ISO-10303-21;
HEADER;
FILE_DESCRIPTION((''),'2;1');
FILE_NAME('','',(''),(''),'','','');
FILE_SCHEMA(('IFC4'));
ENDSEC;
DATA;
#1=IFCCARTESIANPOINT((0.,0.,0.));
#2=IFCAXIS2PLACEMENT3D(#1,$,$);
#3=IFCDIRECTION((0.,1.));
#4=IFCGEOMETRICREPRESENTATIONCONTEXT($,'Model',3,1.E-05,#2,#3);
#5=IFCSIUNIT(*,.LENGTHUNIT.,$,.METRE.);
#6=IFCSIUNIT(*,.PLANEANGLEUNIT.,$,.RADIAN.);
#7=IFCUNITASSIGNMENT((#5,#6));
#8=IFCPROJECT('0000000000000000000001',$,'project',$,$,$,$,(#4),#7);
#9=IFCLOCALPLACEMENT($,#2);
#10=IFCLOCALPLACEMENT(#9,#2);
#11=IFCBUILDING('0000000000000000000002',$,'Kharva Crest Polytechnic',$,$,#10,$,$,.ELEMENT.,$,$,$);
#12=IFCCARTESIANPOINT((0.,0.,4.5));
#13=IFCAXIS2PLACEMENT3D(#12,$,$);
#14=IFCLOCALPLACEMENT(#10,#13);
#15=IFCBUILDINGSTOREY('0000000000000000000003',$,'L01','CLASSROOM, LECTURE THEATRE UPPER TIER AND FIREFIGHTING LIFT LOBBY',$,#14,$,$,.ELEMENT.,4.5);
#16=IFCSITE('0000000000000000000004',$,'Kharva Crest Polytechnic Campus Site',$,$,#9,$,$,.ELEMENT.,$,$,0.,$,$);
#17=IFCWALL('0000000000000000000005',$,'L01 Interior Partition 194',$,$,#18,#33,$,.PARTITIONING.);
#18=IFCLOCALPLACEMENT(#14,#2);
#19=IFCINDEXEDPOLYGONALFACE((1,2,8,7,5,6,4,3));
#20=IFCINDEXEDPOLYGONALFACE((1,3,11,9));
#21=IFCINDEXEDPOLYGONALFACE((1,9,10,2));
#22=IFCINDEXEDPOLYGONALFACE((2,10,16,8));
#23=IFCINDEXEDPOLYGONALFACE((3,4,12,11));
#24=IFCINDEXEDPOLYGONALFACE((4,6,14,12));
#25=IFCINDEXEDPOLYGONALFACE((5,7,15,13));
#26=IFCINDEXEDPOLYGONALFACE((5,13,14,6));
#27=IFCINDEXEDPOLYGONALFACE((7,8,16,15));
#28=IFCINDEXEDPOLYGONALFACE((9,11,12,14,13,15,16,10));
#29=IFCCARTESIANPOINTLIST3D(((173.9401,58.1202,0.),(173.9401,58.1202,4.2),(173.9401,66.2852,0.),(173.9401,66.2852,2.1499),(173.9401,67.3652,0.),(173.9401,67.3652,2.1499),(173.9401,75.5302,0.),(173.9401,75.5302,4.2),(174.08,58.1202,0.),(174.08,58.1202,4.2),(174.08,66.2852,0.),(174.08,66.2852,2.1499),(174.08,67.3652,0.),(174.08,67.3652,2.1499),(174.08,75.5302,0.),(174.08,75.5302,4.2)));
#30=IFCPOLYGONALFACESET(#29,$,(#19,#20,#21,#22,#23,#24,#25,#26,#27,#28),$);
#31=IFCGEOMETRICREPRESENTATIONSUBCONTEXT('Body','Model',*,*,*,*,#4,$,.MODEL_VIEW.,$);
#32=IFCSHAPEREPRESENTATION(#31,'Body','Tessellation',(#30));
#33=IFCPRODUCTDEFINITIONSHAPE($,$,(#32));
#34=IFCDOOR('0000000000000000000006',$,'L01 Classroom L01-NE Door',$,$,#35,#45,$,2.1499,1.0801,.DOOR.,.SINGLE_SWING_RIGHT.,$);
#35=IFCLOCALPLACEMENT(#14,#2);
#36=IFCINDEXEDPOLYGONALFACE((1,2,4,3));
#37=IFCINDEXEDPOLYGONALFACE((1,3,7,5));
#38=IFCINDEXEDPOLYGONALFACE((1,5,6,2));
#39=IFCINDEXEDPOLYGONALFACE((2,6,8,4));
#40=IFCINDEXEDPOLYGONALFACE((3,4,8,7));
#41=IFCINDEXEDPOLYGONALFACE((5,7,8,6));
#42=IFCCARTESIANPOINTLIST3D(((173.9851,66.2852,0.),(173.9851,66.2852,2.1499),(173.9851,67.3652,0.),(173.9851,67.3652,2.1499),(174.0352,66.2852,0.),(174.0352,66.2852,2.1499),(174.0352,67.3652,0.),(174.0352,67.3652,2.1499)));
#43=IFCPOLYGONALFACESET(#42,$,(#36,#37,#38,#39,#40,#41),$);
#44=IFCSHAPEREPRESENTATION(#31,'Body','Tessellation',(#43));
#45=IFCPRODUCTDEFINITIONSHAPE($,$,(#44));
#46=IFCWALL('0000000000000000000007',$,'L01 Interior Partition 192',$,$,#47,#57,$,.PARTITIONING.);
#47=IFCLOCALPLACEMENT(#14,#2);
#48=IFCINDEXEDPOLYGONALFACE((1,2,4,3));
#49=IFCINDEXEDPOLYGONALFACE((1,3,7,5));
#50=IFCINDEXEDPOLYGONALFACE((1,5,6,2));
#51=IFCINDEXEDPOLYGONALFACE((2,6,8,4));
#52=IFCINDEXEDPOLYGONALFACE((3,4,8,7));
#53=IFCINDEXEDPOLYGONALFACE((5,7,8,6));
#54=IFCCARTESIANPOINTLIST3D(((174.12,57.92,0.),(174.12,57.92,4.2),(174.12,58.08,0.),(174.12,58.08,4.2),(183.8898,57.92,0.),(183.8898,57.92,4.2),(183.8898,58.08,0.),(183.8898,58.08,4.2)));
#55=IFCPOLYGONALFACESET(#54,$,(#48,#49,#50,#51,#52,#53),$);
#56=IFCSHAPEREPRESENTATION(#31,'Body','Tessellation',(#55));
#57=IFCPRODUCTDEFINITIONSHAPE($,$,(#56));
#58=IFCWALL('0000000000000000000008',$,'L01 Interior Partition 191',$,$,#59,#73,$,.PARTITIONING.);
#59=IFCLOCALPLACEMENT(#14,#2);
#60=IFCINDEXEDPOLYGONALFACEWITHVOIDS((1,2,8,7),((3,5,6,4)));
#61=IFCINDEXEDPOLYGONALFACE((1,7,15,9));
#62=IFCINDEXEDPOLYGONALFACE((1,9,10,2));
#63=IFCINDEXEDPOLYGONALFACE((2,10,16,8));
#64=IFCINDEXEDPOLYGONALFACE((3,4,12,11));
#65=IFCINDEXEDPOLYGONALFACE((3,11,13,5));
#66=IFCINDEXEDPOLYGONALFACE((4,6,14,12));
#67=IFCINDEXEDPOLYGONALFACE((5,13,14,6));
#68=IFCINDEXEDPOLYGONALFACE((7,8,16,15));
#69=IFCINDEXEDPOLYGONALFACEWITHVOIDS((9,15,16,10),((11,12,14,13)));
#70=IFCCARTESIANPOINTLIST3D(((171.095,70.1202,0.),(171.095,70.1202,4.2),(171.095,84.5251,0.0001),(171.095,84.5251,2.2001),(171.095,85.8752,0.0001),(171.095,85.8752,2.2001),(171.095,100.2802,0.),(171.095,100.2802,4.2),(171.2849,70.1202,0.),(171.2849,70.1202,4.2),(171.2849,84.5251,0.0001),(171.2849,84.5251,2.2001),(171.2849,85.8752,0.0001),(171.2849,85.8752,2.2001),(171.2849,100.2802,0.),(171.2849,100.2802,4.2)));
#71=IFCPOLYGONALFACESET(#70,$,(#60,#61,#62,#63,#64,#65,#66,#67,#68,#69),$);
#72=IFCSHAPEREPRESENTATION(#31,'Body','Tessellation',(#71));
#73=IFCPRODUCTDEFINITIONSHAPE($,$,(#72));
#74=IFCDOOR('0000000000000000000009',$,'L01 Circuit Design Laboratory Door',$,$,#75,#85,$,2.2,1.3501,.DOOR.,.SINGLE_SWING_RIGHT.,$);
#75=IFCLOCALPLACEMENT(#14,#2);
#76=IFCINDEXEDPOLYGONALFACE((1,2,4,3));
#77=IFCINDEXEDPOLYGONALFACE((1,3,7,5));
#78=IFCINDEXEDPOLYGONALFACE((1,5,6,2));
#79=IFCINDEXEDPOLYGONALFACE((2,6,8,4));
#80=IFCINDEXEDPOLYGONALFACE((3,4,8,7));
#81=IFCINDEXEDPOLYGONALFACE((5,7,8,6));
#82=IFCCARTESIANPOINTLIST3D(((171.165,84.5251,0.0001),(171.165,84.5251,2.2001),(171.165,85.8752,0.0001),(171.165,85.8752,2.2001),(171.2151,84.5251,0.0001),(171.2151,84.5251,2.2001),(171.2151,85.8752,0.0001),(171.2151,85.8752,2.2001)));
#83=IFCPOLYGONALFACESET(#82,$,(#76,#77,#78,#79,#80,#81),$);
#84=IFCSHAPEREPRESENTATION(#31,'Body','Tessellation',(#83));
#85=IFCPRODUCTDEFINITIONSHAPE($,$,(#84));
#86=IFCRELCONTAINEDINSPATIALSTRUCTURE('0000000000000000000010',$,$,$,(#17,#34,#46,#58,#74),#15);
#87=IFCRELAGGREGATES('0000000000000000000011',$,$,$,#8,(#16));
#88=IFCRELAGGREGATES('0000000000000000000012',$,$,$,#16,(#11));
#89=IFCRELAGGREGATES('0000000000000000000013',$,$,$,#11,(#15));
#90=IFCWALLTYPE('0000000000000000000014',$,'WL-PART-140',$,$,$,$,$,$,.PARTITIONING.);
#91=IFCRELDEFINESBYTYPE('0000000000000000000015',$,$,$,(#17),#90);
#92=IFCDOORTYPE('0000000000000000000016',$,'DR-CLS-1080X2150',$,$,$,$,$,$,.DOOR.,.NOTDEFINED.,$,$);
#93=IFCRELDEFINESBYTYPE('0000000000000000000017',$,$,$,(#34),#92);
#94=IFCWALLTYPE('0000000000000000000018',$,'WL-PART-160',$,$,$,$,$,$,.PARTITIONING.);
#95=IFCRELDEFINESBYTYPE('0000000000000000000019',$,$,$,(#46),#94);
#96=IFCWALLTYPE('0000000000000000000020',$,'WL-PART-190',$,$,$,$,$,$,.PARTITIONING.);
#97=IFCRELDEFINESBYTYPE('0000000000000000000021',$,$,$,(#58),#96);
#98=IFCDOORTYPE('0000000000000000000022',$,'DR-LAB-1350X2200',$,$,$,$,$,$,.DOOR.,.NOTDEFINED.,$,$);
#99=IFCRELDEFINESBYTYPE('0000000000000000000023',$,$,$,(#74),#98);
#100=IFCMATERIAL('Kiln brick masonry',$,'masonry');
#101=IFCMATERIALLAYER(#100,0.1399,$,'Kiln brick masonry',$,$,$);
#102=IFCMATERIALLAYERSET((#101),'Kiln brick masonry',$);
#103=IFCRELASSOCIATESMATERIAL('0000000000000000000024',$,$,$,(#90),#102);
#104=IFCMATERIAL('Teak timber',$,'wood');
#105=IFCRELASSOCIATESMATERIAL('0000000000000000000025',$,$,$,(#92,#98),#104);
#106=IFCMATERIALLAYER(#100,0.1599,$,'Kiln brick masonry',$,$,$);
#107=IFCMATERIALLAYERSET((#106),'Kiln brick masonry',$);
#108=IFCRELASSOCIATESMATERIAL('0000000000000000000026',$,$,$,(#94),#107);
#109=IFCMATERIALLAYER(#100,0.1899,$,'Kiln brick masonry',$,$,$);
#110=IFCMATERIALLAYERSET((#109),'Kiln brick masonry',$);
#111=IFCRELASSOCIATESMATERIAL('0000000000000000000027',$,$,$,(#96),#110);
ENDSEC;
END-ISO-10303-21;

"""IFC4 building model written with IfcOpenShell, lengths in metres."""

from ifc_helpers import new_model, si_unit, direction, frame, frame_2d, origin, place, context, subcontext, project, spatial, rectangle, extrude, material, layer, layer_set, type_object, element, fill, save


model = new_model("IFC4")

# Units and contexts
model_context = context("Model", 3, precision=1e-05, world=origin(), true_north=direction((0.0, 1.0)))
body_context = subcontext(model_context, "Body", "Model", "MODEL_VIEW")
ifc_project = project(units=[si_unit("LENGTHUNIT", "METRE"), si_unit("PLANEANGLEUNIT", "RADIAN")], contexts=[model_context])

# Site, building, storey
site_placement = place(None, origin())
site = spatial("IfcSite", under=ifc_project, at=site_placement, Name="Kharva Crest Polytechnic Campus Site", CompositionType="ELEMENT", RefElevation=0.0)
building_placement = place(site_placement, origin())
building = spatial("IfcBuilding", under=site, at=building_placement, Name="Kharva Crest Polytechnic", CompositionType="ELEMENT")
storey_placement = place(building_placement, frame((0.0, 0.0, 4.5)))
storey = spatial("IfcBuildingStorey", under=building, at=storey_placement, Name="L01", Description="CLASSROOM, LECTURE THEATRE UPPER TIER AND FIREFIGHTING LIFT LOBBY", CompositionType="ELEMENT", Elevation=4.5)

# Wall, opening, door
ifc_material_1 = material(Name="Kiln brick masonry", Category="masonry")
ifc_layer_1 = layer(ifc_material_1, 0.1399, Name="Kiln brick masonry")
ifc_layer_set_1 = layer_set([ifc_layer_1], Name="Kiln brick masonry")
wall_type_1 = type_object("IfcWallType", Name="WL-PART-140", PredefinedType="PARTITIONING", material=ifc_layer_set_1)
wall_1_placement = place(storey_placement, frame((174.01, 58.1201, 0.0), z_axis=(0.0, 0.0, 1.0), x_axis=(0.0, 1.0, 0.0)))
wall_1 = element("IfcWall", 1, at=wall_1_placement, inside=storey, type_object=wall_type_1, Name="L01 Interior Partition 194", PredefinedType="PARTITIONING", context=body_context, shape_type="SweptSolid", body=[
    extrude(rectangle(XDim=17.4099, YDim=0.1399, at=frame_2d((8.7051, 0.0))), origin(), (0.0, 0.0, 1.0), 4.2),
])
opening_1_placement = place(wall_1_placement, frame((8.165, 0.0, 0.0)))
opening_1 = element("IfcOpeningElement", 2, at=opening_1_placement, cuts=wall_1, PredefinedType="OPENING", context=body_context, shape_type="SweptSolid", body=[
    extrude(rectangle(XDim=1.0801, YDim=2.1499, at=frame_2d((0.54, 1.075))), frame((0.0, 0.0798, 0.0), z_axis=(0.0, -1.0, 0.0), x_axis=(1.0, 0.0, 0.0)), (0.0, 0.0, 1.0), 0.1599),
])
ifc_material_2 = material(Name="Teak timber", Category="wood")
door_type_1 = type_object("IfcDoorType", Name="DR-CLS-1080X2150", OperationType="NOTDEFINED", PredefinedType="DOOR", material=ifc_material_2)
door_1_placement = place(opening_1_placement, origin())
door_1 = element("IfcDoor", 3, at=door_1_placement, inside=storey, type_object=door_type_1, Name="L01 Classroom L01-NE Door", OperationType="SINGLE_SWING_RIGHT", OverallHeight=2.1499, OverallWidth=1.0801, PredefinedType="DOOR", context=body_context, shape_type="SweptSolid", body=[
    extrude(rectangle(XDim=1.0801, YDim=2.1499, at=frame_2d((0.54, 1.075))), frame((0.0, 0.0249, 0.0), z_axis=(0.0, -1.0, 0.0), x_axis=(1.0, 0.0, 0.0)), (0.0, 0.0, 1.0), 0.05),
])
fill(opening_1, door_1)

# Wall
ifc_layer_2 = layer(ifc_material_1, 0.1599, Name="Kiln brick masonry")
ifc_layer_set_2 = layer_set([ifc_layer_2], Name="Kiln brick masonry")
wall_type_2 = type_object("IfcWallType", Name="WL-PART-160", PredefinedType="PARTITIONING", material=ifc_layer_set_2)
wall_2_placement = place(storey_placement, frame((174.1201, 58.0, 0.0), z_axis=(0.0, 0.0, 1.0), x_axis=(1.0, 0.0, 0.0)))
element("IfcWall", 4, at=wall_2_placement, inside=storey, type_object=wall_type_2, Name="L01 Interior Partition 192", PredefinedType="PARTITIONING", context=body_context, shape_type="SweptSolid", body=[
    extrude(rectangle(XDim=9.7698, YDim=0.1599, at=frame_2d((4.8848, 0.0))), origin(), (0.0, 0.0, 1.0), 4.2),
])

# Wall, opening, door
ifc_layer_3 = layer(ifc_material_1, 0.1899, Name="Kiln brick masonry")
ifc_layer_set_3 = layer_set([ifc_layer_3], Name="Kiln brick masonry")
wall_type_3 = type_object("IfcWallType", Name="WL-PART-190", PredefinedType="PARTITIONING", material=ifc_layer_set_3)
wall_3_placement = place(storey_placement, frame((171.1899, 70.1201, 0.0), z_axis=(0.0, 0.0, 1.0), x_axis=(0.0, 1.0, 0.0)))
wall_3 = element("IfcWall", 5, at=wall_3_placement, inside=storey, type_object=wall_type_3, Name="L01 Interior Partition 191", PredefinedType="PARTITIONING", context=body_context, shape_type="SweptSolid", body=[
    extrude(rectangle(XDim=30.1599, YDim=0.1899, at=frame_2d((15.0801, 0.0))), origin(), (0.0, 0.0, 1.0), 4.2),
])
opening_2_placement = place(wall_3_placement, frame((14.405, 0.0, 0.0)))
opening_2 = element("IfcOpeningElement", 6, at=opening_2_placement, cuts=wall_3, PredefinedType="OPENING", context=body_context, shape_type="SweptSolid", body=[
    extrude(rectangle(XDim=1.3501, YDim=2.2, at=frame_2d((0.675, 1.1001))), frame((0.0, 0.105, 0.0), z_axis=(0.0, -1.0, 0.0), x_axis=(1.0, 0.0, 0.0)), (0.0, 0.0, 1.0), 0.21),
])
door_type_2 = type_object("IfcDoorType", Name="DR-LAB-1350X2200", OperationType="NOTDEFINED", PredefinedType="DOOR", material=ifc_material_2)
door_2_placement = place(opening_2_placement, origin())
door_2 = element("IfcDoor", 7, at=door_2_placement, inside=storey, type_object=door_type_2, Name="L01 Circuit Design Laboratory Door", OperationType="SINGLE_SWING_RIGHT", OverallHeight=2.2, OverallWidth=1.3501, PredefinedType="DOOR", context=body_context, shape_type="SweptSolid", body=[
    extrude(rectangle(XDim=1.3501, YDim=2.2, at=frame_2d((0.675, 1.1001))), frame((0.0, 0.0249, 0.0), z_axis=(0.0, -1.0, 0.0), x_axis=(1.0, 0.0, 0.0)), (0.0, 0.0, 1.0), 0.05),
])
fill(opening_2, door_2)

save(model, "model.ifc")
